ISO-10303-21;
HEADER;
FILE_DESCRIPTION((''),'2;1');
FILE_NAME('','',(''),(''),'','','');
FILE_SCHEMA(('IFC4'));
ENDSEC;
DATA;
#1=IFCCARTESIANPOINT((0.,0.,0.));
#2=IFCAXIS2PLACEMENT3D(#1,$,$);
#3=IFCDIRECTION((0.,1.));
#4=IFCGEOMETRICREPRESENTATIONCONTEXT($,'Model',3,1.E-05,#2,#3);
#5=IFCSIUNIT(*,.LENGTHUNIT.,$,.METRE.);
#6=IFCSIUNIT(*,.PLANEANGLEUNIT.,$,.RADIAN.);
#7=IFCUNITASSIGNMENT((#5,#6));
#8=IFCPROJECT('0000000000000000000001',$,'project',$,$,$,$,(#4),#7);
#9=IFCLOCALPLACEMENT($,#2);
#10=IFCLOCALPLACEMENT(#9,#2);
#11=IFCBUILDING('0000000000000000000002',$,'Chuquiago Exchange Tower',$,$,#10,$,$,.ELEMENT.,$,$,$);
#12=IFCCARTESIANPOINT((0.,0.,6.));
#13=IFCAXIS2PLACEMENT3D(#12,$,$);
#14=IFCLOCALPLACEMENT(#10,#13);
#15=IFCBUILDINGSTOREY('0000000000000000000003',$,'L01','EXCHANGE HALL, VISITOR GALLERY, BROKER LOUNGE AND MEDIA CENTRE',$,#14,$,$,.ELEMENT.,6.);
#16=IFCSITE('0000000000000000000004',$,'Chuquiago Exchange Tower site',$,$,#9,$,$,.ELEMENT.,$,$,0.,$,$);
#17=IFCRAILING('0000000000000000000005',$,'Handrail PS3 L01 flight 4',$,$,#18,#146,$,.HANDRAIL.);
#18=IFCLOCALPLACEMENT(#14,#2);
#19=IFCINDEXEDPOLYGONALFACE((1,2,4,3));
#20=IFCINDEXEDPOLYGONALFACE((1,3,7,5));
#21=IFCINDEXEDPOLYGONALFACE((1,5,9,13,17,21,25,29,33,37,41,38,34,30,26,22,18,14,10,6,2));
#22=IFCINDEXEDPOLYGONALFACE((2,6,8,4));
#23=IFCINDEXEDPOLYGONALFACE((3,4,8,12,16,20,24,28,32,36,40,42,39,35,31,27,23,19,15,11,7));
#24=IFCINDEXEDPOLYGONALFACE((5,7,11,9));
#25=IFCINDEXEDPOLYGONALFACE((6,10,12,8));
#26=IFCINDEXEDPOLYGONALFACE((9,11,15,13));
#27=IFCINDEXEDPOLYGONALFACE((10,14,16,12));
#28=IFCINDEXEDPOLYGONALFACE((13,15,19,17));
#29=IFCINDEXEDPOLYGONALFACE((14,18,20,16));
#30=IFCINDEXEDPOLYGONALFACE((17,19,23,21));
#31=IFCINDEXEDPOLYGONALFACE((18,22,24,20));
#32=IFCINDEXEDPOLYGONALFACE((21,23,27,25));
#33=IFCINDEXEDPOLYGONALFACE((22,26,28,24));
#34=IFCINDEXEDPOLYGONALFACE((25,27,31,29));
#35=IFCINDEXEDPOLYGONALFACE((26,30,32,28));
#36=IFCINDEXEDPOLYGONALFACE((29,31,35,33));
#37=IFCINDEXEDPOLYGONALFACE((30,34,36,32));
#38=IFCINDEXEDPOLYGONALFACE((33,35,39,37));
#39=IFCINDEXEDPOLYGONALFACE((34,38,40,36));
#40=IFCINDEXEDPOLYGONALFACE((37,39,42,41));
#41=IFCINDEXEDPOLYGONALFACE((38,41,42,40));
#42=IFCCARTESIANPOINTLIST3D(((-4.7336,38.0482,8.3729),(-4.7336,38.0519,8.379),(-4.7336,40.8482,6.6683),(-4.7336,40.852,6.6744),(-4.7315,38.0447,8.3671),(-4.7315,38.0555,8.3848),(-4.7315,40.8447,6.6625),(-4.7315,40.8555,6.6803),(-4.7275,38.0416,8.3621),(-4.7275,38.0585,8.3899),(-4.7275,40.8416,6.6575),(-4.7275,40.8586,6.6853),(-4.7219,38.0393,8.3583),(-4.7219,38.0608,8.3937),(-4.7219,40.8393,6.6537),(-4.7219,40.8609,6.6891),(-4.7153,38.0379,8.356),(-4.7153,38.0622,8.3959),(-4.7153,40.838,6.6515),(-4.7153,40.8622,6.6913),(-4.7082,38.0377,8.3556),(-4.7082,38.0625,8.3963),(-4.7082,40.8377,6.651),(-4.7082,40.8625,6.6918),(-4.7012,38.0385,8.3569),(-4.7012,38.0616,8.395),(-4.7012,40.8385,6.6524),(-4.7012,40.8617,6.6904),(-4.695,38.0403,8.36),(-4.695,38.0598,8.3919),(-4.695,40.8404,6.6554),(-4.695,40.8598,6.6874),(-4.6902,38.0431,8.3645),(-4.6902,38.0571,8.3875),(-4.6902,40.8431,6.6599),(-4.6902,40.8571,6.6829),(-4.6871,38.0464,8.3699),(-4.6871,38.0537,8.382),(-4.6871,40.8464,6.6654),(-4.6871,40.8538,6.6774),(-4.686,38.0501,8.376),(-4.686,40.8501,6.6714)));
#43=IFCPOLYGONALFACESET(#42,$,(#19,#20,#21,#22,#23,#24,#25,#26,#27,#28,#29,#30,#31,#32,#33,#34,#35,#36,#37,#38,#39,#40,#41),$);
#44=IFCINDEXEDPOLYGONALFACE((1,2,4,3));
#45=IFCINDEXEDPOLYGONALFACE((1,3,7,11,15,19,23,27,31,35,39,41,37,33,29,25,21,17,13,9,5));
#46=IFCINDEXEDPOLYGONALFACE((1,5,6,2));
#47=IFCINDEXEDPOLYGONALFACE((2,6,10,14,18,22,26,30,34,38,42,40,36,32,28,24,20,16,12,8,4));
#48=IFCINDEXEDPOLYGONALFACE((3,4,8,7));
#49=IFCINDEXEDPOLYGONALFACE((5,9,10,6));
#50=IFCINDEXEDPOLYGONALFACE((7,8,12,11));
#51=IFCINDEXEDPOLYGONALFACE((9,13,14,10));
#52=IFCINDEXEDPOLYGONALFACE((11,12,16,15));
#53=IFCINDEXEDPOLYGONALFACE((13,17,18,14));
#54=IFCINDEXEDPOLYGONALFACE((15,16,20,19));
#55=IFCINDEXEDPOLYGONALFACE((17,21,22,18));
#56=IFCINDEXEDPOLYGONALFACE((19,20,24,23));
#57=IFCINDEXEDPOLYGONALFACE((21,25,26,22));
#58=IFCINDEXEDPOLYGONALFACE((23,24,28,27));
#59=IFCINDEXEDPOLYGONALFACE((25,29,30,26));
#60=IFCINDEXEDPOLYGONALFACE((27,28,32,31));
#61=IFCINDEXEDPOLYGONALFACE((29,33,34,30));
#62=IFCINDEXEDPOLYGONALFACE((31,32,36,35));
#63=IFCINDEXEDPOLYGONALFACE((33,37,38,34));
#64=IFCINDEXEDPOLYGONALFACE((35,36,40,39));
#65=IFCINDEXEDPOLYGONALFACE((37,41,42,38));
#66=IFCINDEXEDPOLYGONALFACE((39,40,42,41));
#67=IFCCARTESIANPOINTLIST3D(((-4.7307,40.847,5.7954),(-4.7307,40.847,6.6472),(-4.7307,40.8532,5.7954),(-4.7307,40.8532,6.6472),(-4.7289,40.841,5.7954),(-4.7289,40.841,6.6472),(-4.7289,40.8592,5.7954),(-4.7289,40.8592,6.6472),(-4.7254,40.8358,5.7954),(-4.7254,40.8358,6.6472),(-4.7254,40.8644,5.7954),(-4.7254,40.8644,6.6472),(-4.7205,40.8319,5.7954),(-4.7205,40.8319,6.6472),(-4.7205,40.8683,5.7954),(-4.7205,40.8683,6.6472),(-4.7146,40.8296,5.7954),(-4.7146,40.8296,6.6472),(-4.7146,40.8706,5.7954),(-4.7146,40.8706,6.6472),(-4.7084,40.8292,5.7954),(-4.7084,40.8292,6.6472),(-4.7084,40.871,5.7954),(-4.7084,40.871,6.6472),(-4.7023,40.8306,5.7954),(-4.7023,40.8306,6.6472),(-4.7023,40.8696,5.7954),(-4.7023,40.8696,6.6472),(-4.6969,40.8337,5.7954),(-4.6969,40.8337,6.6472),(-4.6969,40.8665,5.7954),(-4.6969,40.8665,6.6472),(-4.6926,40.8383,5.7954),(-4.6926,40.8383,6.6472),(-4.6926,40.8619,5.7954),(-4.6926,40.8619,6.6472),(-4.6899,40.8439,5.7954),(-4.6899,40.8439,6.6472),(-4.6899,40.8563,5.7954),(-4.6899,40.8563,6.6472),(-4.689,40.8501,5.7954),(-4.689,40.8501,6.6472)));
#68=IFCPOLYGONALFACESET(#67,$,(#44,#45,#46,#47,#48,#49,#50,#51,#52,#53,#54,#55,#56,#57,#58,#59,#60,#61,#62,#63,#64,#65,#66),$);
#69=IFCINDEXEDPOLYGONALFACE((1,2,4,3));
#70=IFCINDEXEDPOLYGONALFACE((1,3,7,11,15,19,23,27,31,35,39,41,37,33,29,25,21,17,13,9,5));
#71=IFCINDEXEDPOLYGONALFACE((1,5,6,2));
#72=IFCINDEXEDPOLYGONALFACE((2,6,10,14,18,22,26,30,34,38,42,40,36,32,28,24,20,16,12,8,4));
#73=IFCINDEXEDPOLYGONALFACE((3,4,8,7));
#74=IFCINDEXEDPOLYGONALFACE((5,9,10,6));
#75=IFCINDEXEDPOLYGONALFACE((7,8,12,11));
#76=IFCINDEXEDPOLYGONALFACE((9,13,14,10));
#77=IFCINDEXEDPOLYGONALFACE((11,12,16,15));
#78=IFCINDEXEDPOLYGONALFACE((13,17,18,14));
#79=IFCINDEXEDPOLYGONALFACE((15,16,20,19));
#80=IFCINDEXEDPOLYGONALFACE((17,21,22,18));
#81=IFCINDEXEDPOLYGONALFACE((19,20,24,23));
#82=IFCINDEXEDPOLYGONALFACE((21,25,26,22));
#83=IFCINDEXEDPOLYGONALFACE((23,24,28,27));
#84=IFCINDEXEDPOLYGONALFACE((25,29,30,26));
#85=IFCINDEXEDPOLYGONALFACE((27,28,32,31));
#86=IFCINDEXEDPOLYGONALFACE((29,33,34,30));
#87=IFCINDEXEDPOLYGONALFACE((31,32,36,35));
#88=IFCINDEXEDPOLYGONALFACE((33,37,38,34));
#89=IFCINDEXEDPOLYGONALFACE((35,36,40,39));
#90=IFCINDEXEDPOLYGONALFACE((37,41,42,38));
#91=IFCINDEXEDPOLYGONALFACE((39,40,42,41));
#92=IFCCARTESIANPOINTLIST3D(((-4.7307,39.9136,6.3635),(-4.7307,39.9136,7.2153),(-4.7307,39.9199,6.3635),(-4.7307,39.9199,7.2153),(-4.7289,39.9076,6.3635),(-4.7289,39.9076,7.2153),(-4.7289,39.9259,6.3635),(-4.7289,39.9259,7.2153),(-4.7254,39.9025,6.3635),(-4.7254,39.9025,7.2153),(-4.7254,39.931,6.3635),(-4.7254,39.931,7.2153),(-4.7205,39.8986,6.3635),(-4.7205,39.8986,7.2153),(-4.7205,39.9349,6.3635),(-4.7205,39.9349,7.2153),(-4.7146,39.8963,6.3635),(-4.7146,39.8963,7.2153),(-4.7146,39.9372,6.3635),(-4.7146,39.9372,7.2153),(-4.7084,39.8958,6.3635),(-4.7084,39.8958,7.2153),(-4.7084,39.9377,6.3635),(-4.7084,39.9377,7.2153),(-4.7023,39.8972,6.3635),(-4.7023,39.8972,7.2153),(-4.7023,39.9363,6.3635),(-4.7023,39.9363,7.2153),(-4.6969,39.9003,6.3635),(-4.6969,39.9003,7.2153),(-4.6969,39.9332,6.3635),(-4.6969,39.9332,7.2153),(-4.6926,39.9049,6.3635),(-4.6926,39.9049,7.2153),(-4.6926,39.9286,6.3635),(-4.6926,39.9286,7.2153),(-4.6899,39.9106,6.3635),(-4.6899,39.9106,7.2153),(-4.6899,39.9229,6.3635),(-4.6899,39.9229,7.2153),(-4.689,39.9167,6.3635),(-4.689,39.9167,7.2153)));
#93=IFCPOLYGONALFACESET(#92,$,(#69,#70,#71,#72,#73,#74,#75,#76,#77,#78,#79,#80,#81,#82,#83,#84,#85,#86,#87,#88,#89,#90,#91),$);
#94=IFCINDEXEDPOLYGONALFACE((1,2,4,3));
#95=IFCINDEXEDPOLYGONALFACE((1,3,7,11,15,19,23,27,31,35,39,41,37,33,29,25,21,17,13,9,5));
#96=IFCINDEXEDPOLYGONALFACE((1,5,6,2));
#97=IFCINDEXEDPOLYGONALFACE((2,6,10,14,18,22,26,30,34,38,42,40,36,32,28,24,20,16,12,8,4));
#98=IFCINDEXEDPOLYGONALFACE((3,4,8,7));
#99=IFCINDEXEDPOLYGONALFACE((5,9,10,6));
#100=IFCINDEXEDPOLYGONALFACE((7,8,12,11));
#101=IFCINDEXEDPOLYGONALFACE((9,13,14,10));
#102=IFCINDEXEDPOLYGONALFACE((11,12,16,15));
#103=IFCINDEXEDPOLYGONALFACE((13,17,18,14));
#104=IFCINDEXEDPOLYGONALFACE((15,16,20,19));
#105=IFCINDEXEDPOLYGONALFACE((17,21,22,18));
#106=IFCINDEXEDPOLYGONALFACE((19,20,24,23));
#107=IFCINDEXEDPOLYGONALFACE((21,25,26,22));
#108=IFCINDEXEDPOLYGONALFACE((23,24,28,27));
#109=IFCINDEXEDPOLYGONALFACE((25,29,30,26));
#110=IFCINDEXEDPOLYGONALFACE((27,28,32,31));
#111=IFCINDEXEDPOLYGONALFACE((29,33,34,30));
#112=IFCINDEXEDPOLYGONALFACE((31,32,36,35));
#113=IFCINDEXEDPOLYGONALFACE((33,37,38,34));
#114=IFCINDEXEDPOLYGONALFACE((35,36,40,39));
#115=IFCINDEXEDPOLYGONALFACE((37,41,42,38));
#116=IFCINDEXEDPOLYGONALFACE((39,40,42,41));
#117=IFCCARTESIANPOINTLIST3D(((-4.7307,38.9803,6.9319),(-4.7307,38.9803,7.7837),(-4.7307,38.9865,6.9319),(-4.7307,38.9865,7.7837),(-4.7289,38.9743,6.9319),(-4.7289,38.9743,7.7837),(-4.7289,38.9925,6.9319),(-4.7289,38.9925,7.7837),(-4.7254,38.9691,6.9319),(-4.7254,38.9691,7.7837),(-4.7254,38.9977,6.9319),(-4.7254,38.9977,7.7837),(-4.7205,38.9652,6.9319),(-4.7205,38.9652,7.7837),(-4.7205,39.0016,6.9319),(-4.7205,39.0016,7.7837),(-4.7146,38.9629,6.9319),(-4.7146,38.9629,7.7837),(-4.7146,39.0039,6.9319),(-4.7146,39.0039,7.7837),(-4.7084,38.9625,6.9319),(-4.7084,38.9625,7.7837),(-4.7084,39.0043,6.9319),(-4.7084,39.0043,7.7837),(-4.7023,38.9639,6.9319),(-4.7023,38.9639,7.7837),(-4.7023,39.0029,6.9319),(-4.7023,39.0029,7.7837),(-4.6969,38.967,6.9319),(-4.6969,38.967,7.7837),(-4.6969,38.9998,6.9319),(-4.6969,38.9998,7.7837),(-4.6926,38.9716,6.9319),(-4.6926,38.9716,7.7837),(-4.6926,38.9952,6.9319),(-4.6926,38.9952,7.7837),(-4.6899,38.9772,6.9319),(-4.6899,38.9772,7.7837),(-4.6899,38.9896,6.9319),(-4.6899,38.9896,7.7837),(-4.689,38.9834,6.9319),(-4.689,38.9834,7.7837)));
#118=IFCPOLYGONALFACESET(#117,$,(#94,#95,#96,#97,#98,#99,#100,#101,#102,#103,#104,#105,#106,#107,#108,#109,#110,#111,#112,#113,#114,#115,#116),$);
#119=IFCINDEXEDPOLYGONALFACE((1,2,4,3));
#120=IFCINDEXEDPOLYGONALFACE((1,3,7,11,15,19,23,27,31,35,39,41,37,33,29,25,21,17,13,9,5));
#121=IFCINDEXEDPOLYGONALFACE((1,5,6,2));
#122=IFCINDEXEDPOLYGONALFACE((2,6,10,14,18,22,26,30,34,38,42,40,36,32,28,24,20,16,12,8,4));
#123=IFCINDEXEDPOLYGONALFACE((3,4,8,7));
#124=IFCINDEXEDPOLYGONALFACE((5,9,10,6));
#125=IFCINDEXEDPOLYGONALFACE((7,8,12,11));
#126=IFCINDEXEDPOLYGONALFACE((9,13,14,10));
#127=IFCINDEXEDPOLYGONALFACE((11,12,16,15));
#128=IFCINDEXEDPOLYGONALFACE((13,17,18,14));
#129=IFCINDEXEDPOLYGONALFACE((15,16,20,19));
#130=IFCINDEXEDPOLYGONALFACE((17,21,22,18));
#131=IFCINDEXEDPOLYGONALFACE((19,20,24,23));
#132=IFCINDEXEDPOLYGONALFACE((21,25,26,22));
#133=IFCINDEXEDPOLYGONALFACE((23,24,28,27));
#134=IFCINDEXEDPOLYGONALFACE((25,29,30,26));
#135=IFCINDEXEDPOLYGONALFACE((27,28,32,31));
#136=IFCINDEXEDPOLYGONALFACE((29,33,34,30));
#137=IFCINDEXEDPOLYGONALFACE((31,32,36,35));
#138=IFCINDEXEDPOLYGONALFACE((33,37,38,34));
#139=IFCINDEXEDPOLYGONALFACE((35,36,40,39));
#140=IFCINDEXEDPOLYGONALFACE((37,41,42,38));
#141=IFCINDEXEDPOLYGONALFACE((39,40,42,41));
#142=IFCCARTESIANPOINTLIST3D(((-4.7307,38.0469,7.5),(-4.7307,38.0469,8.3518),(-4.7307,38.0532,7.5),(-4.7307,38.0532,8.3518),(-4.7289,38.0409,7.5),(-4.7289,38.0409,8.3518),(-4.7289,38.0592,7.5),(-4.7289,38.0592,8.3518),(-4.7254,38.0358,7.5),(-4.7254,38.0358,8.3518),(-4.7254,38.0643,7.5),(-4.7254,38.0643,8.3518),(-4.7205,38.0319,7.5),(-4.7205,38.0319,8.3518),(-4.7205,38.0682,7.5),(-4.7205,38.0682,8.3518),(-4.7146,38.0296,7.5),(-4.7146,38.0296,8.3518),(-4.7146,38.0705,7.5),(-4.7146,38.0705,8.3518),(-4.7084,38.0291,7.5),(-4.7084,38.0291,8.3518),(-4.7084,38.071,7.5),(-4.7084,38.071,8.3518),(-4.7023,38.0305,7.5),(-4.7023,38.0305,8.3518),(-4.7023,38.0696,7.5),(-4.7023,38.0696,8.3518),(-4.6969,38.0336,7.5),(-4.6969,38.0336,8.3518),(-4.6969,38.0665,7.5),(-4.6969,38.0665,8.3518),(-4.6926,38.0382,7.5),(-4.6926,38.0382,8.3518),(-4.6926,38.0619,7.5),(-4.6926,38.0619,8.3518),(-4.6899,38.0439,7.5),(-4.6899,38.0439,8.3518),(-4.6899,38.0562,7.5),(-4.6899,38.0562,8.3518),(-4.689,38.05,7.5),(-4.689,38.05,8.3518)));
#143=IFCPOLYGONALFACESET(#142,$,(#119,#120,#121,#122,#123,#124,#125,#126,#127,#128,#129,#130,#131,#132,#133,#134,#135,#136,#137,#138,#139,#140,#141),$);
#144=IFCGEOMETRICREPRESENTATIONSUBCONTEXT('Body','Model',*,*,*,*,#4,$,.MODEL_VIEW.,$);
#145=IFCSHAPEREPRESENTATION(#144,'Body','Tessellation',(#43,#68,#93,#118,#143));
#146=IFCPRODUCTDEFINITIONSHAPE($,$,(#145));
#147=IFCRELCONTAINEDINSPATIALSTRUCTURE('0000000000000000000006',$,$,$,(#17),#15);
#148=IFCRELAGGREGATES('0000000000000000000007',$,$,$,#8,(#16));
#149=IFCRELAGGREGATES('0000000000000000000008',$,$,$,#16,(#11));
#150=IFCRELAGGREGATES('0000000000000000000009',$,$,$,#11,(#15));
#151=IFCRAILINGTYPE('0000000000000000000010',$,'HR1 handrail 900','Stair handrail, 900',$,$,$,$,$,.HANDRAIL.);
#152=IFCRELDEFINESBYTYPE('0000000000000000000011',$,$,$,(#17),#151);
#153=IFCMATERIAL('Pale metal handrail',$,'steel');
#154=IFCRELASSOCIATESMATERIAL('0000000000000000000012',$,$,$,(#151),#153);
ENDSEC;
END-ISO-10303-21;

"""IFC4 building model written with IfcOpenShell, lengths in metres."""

from ifc_helpers import new_model, si_unit, direction, frame, origin, origin_2d, place, context, subcontext, project, spatial, circle, extrude, material, type_object, element, save


model = new_model("IFC4")

# Units and contexts
model_context = context("Model", 3, precision=1e-05, world=origin(), true_north=direction((0.0, 1.0)))
body_context = subcontext(model_context, "Body", "Model", "MODEL_VIEW")
ifc_project = project(units=[si_unit("LENGTHUNIT", "METRE"), si_unit("PLANEANGLEUNIT", "RADIAN")], contexts=[model_context])

# Site, building, storey
site_placement = place(None, origin())
site = spatial("IfcSite", under=ifc_project, at=site_placement, Name="Chuquiago Exchange Tower site", CompositionType="ELEMENT", RefElevation=0.0)
building_placement = place(site_placement, origin())
building = spatial("IfcBuilding", under=site, at=building_placement, Name="Chuquiago Exchange Tower", CompositionType="ELEMENT")
storey_placement = place(building_placement, frame((0.0, 0.0, 6.0)))
storey = spatial("IfcBuildingStorey", under=building, at=storey_placement, Name="L01", Description="EXCHANGE HALL, VISITOR GALLERY, BROKER LOUNGE AND MEDIA CENTRE", CompositionType="ELEMENT", Elevation=6.0)

# Railing
ifc_material_1 = material(Name="Pale metal handrail", Category="steel")
railing_type = type_object("IfcRailingType", Name="HR1 handrail 900", Description="Stair handrail, 900", PredefinedType="HANDRAIL", material=ifc_material_1)
for number, where, name in (
    (1, (-4.71, 40.8501, 5.7954), "Handrail PS3 L01 flight 4"),
):
    element("IfcRailing", number, at=place(storey_placement, frame(where)), inside=storey, type_object=railing_type, Name=name, PredefinedType="HANDRAIL", context=body_context, shape_type="SweptSolid", body=[
        extrude(circle(Radius=0.0239, at=origin_2d()), frame((0.0, 0.0, 0.876), z_axis=(0.0, -0.85417, 0.519994), x_axis=(1.0, 0.0, 0.0)), (0.0, 0.0, 1.0), 3.2781),
        extrude(circle(Radius=0.021, at=origin_2d()), origin(), (0.0, 0.0, 1.0), 0.8518),
        extrude(circle(Radius=0.021, at=origin_2d()), frame((0.0, -0.9333, 0.5681)), (0.0, 0.0, 1.0), 0.8518),
        extrude(circle(Radius=0.021, at=origin_2d()), frame((0.0, -1.8667, 1.1365)), (0.0, 0.0, 1.0), 0.8518),
        extrude(circle(Radius=0.021, at=origin_2d()), frame((0.0, -2.8, 1.7046)), (0.0, 0.0, 1.0), 0.8518),
    ])

save(model, "model.ifc")
